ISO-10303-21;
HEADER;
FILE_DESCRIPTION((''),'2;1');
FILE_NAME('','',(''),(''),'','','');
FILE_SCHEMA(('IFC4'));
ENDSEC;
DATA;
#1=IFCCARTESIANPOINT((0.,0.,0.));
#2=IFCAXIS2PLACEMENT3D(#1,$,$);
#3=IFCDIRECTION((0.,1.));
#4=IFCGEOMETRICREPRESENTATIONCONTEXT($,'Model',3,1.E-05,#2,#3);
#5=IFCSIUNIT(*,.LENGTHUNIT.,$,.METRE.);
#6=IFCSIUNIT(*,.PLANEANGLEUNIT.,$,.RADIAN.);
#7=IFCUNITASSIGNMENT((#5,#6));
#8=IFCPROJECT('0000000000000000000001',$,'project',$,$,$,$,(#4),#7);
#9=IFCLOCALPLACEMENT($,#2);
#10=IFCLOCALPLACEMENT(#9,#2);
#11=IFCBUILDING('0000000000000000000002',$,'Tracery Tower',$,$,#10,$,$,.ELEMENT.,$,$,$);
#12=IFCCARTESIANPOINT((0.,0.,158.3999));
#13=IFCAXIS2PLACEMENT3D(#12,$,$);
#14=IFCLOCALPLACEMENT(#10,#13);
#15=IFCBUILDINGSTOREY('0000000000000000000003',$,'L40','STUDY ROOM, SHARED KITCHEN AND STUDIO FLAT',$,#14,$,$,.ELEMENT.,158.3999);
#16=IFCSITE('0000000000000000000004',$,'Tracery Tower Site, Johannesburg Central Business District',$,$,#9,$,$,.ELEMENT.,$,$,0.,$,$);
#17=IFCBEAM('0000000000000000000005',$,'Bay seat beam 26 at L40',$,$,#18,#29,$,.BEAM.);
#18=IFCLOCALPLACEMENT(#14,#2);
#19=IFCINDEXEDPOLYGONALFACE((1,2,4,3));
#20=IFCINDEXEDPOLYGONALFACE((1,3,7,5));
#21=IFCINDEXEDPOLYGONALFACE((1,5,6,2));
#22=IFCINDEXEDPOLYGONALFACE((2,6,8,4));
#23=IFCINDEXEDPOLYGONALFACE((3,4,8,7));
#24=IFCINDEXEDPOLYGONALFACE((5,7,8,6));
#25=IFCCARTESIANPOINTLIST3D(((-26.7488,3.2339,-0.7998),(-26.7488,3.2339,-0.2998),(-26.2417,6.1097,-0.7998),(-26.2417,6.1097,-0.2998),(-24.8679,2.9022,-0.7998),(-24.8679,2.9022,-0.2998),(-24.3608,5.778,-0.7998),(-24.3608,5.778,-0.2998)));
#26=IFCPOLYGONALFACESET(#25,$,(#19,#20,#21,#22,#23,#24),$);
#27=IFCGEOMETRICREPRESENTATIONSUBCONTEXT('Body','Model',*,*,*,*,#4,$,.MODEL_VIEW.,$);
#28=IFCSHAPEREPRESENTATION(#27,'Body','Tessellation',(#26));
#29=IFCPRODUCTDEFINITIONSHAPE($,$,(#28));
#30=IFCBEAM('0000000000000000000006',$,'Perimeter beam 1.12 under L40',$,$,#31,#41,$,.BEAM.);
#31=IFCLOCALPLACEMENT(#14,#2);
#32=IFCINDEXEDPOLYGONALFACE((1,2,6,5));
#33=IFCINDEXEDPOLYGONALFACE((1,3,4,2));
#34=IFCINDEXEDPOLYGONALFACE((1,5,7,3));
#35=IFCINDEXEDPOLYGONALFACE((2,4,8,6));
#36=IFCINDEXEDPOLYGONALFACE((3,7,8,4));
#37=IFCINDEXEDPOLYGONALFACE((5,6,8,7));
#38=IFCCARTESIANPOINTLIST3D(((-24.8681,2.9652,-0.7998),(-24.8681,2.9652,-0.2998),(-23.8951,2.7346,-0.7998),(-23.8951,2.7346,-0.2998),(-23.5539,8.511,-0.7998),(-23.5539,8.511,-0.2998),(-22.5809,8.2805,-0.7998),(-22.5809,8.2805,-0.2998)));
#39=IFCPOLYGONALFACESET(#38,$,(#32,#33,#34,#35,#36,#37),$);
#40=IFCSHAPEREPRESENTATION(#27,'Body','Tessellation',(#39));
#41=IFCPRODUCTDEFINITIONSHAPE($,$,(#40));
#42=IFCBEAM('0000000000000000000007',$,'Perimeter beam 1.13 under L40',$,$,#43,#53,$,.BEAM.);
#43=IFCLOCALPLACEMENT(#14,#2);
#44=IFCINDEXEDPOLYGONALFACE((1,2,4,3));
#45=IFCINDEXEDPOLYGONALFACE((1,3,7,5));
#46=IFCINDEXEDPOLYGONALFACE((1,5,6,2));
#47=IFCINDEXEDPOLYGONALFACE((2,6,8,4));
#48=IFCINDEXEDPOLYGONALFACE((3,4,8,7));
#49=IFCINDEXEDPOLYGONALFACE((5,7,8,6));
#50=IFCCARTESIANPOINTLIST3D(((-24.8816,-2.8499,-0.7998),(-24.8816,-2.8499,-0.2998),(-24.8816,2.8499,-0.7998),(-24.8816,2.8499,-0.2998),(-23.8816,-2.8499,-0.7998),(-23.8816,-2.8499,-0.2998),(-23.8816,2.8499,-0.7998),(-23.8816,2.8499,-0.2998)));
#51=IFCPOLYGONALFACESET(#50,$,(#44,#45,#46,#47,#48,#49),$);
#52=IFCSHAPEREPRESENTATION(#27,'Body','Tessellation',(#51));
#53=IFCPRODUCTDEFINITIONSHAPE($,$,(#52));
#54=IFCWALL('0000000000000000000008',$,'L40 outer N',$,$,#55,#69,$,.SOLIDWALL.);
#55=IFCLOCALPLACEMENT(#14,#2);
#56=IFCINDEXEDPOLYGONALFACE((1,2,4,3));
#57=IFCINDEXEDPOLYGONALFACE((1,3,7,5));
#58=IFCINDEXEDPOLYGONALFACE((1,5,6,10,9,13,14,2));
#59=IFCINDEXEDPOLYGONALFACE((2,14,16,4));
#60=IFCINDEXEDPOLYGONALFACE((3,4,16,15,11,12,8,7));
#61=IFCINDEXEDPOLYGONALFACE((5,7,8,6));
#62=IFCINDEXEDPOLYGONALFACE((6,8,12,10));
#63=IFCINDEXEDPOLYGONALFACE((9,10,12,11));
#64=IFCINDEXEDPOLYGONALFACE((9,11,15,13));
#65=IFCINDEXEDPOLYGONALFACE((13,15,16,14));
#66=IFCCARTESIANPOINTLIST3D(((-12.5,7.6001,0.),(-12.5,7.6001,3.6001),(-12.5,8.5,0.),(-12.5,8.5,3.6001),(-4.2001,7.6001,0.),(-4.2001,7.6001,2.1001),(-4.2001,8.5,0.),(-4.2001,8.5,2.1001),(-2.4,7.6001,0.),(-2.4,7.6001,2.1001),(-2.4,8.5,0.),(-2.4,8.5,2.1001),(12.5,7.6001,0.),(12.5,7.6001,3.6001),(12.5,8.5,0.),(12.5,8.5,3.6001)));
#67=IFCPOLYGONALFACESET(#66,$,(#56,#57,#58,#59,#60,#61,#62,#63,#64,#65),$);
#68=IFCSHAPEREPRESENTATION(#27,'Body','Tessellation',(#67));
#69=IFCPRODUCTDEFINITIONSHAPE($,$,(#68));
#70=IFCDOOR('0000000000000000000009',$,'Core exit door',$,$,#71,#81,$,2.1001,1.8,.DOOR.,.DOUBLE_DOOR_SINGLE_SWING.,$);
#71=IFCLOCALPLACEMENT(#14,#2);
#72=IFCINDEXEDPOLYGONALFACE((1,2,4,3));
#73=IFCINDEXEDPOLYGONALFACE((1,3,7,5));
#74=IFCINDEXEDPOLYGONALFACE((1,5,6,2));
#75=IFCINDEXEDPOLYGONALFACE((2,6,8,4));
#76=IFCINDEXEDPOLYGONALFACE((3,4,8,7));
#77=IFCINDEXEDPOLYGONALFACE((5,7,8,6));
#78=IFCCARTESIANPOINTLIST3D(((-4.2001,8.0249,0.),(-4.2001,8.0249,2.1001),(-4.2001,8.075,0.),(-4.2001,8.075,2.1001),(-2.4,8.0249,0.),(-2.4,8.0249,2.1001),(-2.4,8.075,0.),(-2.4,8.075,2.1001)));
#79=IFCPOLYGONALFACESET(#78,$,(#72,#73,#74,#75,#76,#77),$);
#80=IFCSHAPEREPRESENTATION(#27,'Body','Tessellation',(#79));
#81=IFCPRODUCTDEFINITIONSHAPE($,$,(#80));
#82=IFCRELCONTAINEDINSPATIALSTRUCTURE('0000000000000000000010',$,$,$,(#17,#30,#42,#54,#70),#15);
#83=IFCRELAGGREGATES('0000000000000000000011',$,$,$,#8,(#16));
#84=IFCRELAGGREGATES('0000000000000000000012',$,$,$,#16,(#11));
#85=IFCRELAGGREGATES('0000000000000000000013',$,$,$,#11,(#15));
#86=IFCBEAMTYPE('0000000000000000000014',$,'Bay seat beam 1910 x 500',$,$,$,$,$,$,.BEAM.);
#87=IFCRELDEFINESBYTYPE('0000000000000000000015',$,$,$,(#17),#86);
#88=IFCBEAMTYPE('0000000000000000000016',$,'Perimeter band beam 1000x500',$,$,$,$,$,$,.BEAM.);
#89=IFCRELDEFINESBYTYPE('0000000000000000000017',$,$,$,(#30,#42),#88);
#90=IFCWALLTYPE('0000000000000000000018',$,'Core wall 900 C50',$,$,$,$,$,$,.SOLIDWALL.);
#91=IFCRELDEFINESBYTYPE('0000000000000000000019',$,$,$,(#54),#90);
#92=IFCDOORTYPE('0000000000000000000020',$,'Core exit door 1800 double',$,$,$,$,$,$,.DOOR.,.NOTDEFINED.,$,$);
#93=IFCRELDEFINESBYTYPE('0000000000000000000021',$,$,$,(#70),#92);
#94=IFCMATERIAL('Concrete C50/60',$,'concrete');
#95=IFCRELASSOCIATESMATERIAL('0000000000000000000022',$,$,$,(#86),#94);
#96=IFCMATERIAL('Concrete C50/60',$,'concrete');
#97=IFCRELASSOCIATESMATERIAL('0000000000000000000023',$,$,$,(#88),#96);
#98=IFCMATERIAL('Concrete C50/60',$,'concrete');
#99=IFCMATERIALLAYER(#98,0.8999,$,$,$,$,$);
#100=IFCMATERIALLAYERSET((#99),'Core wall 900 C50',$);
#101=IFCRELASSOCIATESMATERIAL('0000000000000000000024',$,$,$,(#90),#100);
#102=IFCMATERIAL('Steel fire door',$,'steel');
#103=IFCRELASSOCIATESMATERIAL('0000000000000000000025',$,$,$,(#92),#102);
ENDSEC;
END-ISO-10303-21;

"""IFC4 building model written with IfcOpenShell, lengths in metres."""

from ifc_helpers import new_model, si_unit, direction, frame, frame_2d, origin, origin_2d, place, context, subcontext, project, spatial, rectangle, extrude, material, layer, layer_set, material_profile, profile_set, type_object, element, fill, save


model = new_model("IFC4")

# Units and contexts
model_context = context("Model", 3, precision=1e-05, world=origin(), true_north=direction((0.0, 1.0)))
body_context = subcontext(model_context, "Body", "Model", "MODEL_VIEW")
ifc_project = project(units=[si_unit("LENGTHUNIT", "METRE"), si_unit("PLANEANGLEUNIT", "RADIAN")], contexts=[model_context])

# Site, building, storey
site_placement = place(None, origin())
site = spatial("IfcSite", under=ifc_project, at=site_placement, Name="Tracery Tower Site, Johannesburg Central Business District", CompositionType="ELEMENT", RefElevation=0.0)
building_placement = place(site_placement, origin())
building = spatial("IfcBuilding", under=site, at=building_placement, Name="Tracery Tower", CompositionType="ELEMENT")
storey_placement = place(building_placement, frame((0.0, 0.0, 158.3999)))
storey = spatial("IfcBuildingStorey", under=building, at=storey_placement, Name="L40", Description="STUDY ROOM, SHARED KITCHEN AND STUDIO FLAT", CompositionType="ELEMENT", Elevation=158.3999)

# Beams
ifc_material_1 = material(Name="Concrete C50/60", Category="concrete")
ifc_material_profile_1 = material_profile(ifc_material_1, rectangle(XDim=1.9099, YDim=0.5, at=origin_2d()), Name="RC 1910x500")
ifc_profile_set_1 = profile_set([ifc_material_profile_1], Name="Concrete C50/60")
beam_type_1 = type_object("IfcBeamType", Name="Bay seat beam 1910 x 500", PredefinedType="BEAM", material=ifc_profile_set_1)
beam_1_placement = place(storey_placement, frame((-25.3013, 5.9438, -0.5498), z_axis=(-0.173652, -0.984807, 0.0), x_axis=(0.984807, -0.173652, 0.0)))
element("IfcBeam", 1, at=beam_1_placement, inside=storey, type_object=beam_type_1, Name="Bay seat beam 26 at L40", PredefinedType="BEAM", context=body_context, shape_type="SweptSolid", body=[
    extrude(rectangle(XDim=1.9099, YDim=0.5, at=origin_2d()), origin(), (0.0, 0.0, 1.0), 2.9202),
])
ifc_material_2 = material(Name="Concrete C50/60", Category="concrete")
ifc_material_profile_2 = material_profile(ifc_material_2, rectangle(XDim=1.0, YDim=0.5, at=origin_2d()), Name="RC 1000x500")
ifc_profile_set_2 = profile_set([ifc_material_profile_2], Name="Concrete C50/60")
beam_type_2 = type_object("IfcBeamType", Name="Perimeter band beam 1000x500", PredefinedType="BEAM", material=ifc_profile_set_2)
beam_2_placement = place(storey_placement, frame((-23.0674, 8.3958, -0.5498), z_axis=(-0.230584, -0.973052, 0.0), x_axis=(0.973052, -0.230584, 0.0)))
element("IfcBeam", 2, at=beam_2_placement, inside=storey, type_object=beam_type_2, Name="Perimeter beam 1.12 under L40", PredefinedType="BEAM", context=body_context, shape_type="SweptSolid", body=[
    extrude(rectangle(XDim=1.0, YDim=0.5, at=origin_2d()), origin(), (0.0, 0.0, 1.0), 5.6995),
])
beam_3_placement = place(storey_placement, frame((-24.3816, 2.8499, -0.5498), z_axis=(0.0, -1.0, 0.0), x_axis=(1.0, 0.0, 0.0)))
element("IfcBeam", 3, at=beam_3_placement, inside=storey, type_object=beam_type_2, Name="Perimeter beam 1.13 under L40", PredefinedType="BEAM", context=body_context, shape_type="SweptSolid", body=[
    extrude(rectangle(XDim=1.0, YDim=0.5, at=origin_2d()), origin(), (0.0, 0.0, 1.0), 5.6997),
])

# Wall, opening, door
ifc_material_3 = material(Name="Concrete C50/60", Category="concrete")
ifc_layer_1 = layer(ifc_material_3, 0.8999)
ifc_layer_set_1 = layer_set([ifc_layer_1], Name="Core wall 900 C50")
wall_type_1 = type_object("IfcWallType", Name="Core wall 900 C50", PredefinedType="SOLIDWALL", material=ifc_layer_set_1)
wall_1_placement = place(storey_placement, frame((-12.5, 8.05, 0.0), z_axis=(0.0, 0.0, 1.0), x_axis=(1.0, 0.0, 0.0)))
wall_1 = element("IfcWall", 4, at=wall_1_placement, inside=storey, type_object=wall_type_1, Name="L40 outer N", PredefinedType="SOLIDWALL", context=body_context, shape_type="SweptSolid", body=[
    extrude(rectangle(XDim=25.0, YDim=0.8999, at=frame_2d((12.5, 0.0))), origin(), (0.0, 0.0, 1.0), 3.6001),
])
opening_1_placement = place(wall_1_placement, frame((8.3, 0.0, 0.0)))
opening_1 = element("IfcOpeningElement", 5, at=opening_1_placement, cuts=wall_1, PredefinedType="OPENING", context=body_context, shape_type="SweptSolid", body=[
    extrude(rectangle(XDim=1.8, YDim=2.1001, at=frame_2d((0.8999, 1.05))), frame((0.0, 0.45, 0.0), z_axis=(0.0, -1.0, 0.0), x_axis=(1.0, 0.0, 0.0)), (0.0, 0.0, 1.0), 0.8999),
])
ifc_material_4 = material(Name="Steel fire door", Category="steel")
door_type_1 = type_object("IfcDoorType", Name="Core exit door 1800 double", OperationType="NOTDEFINED", PredefinedType="DOOR", material=ifc_material_4)
door_1_placement = place(opening_1_placement, origin())
door_1 = element("IfcDoor", 6, at=door_1_placement, inside=storey, type_object=door_type_1, Name="Core exit door", OperationType="DOUBLE_DOOR_SINGLE_SWING", OverallHeight=2.1001, OverallWidth=1.8, PredefinedType="DOOR", context=body_context, shape_type="SweptSolid", body=[
    extrude(rectangle(XDim=1.8, YDim=2.1001, at=frame_2d((0.8999, 1.05))), frame((0.0, 0.0249, 0.0), z_axis=(0.0, -1.0, 0.0), x_axis=(1.0, 0.0, 0.0)), (0.0, 0.0, 1.0), 0.05),
])
fill(opening_1, door_1)

save(model, "model.ifc")
